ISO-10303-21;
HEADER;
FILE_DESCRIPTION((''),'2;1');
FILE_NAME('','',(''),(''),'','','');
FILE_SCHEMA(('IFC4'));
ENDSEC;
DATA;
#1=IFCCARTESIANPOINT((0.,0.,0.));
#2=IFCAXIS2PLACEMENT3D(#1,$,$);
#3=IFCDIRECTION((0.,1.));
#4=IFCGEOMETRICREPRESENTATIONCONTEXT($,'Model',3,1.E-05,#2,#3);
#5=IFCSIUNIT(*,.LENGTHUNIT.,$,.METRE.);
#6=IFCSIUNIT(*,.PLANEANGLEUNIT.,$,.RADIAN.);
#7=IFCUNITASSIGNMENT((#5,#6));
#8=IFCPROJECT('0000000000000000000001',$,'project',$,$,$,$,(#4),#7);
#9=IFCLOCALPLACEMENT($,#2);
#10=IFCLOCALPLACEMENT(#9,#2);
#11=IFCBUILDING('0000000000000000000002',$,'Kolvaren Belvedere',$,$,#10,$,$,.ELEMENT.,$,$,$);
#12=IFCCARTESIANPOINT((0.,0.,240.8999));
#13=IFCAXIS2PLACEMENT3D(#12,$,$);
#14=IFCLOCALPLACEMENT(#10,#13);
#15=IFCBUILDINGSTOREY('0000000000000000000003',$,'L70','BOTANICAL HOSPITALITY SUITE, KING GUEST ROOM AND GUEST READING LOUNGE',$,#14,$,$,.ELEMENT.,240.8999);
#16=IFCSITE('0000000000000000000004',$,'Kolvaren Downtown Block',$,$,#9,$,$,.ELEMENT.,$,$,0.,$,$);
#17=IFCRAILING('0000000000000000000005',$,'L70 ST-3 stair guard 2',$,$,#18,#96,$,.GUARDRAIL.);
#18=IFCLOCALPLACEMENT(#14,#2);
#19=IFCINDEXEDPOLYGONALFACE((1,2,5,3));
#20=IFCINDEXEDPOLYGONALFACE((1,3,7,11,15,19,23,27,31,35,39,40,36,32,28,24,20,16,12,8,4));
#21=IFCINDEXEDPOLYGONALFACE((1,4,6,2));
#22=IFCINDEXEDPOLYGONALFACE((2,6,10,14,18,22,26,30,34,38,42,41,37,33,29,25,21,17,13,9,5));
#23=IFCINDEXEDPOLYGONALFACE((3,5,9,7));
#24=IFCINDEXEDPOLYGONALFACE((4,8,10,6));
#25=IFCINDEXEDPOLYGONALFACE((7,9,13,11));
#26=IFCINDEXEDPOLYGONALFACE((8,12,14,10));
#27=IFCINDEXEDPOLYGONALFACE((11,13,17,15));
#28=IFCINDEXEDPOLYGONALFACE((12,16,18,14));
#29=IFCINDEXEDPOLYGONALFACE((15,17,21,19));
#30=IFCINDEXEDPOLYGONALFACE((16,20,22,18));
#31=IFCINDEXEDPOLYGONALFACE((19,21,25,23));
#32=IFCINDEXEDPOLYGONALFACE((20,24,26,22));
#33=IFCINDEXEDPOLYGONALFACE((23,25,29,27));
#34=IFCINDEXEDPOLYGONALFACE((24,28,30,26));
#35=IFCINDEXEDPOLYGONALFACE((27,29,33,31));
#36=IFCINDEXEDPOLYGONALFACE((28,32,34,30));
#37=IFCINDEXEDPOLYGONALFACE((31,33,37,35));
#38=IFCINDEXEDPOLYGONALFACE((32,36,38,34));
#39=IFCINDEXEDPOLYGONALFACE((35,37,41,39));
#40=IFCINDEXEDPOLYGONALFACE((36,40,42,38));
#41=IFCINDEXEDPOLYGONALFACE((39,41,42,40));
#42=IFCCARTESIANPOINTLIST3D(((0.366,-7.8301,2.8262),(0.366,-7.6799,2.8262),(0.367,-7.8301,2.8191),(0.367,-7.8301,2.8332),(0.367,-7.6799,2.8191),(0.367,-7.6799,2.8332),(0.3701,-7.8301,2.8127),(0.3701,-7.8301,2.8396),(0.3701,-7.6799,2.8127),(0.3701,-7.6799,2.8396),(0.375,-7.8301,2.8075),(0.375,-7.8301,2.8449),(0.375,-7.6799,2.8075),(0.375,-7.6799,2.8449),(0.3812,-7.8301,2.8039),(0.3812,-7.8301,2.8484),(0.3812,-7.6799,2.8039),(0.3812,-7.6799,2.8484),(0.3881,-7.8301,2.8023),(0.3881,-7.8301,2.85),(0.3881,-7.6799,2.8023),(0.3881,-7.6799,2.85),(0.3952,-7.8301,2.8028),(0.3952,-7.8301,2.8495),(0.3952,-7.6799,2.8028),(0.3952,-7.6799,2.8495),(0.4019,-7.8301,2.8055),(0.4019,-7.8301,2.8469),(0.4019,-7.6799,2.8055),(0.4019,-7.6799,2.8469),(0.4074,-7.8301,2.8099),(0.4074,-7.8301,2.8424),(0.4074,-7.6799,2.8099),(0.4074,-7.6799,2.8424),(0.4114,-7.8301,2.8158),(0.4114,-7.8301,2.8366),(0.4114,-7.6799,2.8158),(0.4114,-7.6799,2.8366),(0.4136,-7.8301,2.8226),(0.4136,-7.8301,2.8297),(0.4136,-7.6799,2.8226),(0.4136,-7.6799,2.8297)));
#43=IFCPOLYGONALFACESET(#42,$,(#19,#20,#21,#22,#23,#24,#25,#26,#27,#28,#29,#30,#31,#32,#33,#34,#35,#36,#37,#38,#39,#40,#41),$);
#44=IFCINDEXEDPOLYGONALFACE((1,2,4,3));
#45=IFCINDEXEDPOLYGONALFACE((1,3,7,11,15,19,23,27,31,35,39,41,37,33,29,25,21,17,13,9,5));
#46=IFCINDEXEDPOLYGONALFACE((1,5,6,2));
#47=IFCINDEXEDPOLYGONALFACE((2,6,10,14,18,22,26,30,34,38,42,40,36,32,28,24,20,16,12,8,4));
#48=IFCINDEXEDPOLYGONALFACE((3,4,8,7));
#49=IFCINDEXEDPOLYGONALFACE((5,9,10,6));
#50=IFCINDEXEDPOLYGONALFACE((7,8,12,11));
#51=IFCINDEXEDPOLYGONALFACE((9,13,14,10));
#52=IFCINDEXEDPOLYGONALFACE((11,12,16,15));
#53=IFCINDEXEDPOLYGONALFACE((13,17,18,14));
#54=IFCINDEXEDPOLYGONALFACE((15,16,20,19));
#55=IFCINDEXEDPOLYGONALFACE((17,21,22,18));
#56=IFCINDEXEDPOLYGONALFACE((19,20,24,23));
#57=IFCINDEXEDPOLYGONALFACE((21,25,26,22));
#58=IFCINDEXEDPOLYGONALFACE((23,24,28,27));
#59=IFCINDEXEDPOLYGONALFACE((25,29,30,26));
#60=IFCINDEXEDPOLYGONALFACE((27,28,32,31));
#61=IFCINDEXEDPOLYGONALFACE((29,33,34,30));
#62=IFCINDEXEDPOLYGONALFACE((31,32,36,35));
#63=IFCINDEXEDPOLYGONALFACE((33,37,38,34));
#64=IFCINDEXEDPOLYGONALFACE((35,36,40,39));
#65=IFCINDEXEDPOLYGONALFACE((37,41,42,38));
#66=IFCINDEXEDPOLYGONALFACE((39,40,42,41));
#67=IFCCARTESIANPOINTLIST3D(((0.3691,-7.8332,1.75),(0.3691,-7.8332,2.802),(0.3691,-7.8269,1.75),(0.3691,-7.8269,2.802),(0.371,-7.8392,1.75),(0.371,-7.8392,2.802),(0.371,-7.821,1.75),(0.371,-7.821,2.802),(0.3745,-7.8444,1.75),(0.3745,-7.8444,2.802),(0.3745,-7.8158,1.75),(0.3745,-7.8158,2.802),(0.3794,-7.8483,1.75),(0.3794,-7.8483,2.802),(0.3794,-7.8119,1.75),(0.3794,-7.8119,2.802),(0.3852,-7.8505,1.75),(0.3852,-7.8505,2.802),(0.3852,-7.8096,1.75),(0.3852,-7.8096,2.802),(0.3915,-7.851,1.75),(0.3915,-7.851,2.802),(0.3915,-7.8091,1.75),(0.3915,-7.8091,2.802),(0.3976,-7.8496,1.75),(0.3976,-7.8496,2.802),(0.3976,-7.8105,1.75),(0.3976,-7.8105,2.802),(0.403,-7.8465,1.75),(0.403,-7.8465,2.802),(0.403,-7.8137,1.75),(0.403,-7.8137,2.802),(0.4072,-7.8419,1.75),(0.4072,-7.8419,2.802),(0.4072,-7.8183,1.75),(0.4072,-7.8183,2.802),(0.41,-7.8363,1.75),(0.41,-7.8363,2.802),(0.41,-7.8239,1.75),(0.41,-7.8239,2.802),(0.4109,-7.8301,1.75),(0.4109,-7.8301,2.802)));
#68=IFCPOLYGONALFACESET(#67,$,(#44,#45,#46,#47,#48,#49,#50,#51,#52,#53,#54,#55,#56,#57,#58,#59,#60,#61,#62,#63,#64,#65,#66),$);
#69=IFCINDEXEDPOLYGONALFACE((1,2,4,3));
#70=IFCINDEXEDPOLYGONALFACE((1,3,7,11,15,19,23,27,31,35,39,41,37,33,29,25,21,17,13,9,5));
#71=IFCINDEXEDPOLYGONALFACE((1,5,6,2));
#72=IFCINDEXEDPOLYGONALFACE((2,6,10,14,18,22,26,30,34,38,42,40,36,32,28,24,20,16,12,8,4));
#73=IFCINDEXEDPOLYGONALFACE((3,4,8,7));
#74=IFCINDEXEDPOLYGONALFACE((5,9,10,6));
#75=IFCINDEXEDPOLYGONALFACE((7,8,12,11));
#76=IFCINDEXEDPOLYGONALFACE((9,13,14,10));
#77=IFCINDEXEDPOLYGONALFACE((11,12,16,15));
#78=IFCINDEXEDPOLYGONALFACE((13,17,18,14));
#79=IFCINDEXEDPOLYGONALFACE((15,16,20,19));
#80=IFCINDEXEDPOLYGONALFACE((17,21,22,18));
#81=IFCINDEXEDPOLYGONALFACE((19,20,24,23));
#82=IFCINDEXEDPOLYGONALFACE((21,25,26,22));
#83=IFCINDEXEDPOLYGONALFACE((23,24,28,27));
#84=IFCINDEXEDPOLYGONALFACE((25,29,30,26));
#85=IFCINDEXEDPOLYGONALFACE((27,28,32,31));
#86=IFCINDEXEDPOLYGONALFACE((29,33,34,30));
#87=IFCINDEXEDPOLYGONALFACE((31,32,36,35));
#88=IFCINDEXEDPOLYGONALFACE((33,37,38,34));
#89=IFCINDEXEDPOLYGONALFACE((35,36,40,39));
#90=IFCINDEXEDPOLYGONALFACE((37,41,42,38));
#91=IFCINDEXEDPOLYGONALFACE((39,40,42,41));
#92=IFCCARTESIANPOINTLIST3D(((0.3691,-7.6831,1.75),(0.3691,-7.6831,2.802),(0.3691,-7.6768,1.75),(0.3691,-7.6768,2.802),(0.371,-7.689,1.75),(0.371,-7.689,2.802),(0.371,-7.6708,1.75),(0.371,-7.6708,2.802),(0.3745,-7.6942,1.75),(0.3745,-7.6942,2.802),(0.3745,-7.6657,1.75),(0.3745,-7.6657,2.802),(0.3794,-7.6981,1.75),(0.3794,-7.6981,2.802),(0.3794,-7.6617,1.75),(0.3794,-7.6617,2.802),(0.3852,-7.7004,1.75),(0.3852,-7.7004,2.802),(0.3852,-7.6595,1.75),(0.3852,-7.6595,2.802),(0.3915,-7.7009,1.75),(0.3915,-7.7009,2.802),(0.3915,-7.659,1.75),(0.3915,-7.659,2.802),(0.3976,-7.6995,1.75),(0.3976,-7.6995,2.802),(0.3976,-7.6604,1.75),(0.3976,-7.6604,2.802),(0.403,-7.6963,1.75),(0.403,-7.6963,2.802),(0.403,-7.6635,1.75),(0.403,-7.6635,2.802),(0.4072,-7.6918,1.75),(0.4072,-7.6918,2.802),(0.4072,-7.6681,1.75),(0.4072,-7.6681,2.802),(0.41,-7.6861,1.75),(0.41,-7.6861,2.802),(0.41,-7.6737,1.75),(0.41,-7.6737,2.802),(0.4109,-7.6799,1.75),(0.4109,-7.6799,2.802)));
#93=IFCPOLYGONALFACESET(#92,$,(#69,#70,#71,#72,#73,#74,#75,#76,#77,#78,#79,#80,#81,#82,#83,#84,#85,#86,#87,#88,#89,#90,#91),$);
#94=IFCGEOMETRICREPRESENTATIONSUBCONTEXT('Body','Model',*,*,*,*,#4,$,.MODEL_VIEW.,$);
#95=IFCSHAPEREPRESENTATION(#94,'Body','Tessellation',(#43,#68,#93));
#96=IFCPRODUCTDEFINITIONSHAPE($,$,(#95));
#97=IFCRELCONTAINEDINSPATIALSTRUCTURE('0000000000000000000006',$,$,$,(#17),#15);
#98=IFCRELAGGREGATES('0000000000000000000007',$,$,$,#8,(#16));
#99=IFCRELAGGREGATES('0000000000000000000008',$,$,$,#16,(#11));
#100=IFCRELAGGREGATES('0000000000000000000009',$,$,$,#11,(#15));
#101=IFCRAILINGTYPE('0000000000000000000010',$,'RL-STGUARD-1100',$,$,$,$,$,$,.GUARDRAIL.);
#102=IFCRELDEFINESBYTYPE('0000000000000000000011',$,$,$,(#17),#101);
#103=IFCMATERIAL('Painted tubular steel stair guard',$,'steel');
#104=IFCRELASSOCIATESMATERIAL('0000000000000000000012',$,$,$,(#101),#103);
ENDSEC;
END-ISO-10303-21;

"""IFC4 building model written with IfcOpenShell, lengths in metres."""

from ifc_helpers import new_model, si_unit, direction, frame, origin, origin_2d, place, context, subcontext, project, spatial, circle, extrude, material, type_object, element, save


model = new_model("IFC4")

# Units and contexts
model_context = context("Model", 3, precision=1e-05, world=origin(), true_north=direction((0.0, 1.0)))
body_context = subcontext(model_context, "Body", "Model", "MODEL_VIEW")
ifc_project = project(units=[si_unit("LENGTHUNIT", "METRE"), si_unit("PLANEANGLEUNIT", "RADIAN")], contexts=[model_context])

# Site, building, storey
site_placement = place(None, origin())
site = spatial("IfcSite", under=ifc_project, at=site_placement, Name="Kolvaren Downtown Block", CompositionType="ELEMENT", RefElevation=0.0)
building_placement = place(site_placement, origin())
building = spatial("IfcBuilding", under=site, at=building_placement, Name="Kolvaren Belvedere", CompositionType="ELEMENT")
storey_placement = place(building_placement, frame((0.0, 0.0, 240.8999)))
storey = spatial("IfcBuildingStorey", under=building, at=storey_placement, Name="L70", Description="BOTANICAL HOSPITALITY SUITE, KING GUEST ROOM AND GUEST READING LOUNGE", CompositionType="ELEMENT", Elevation=240.8999)

# Railing
ifc_material_1 = material(Name="Painted tubular steel stair guard", Category="steel")
railing_type_1 = type_object("IfcRailingType", Name="RL-STGUARD-1100", PredefinedType="GUARDRAIL", material=ifc_material_1)
railing_1_placement = place(storey_placement, frame((0.3899, -7.8301, 1.75)))
element("IfcRailing", 1, at=railing_1_placement, inside=storey, type_object=railing_type_1, Name="L70 ST-3 stair guard 2", PredefinedType="GUARDRAIL", context=body_context, shape_type="SweptSolid", body=[
    extrude(circle(Radius=0.0239, at=origin_2d()), frame((0.0, 0.0, 1.0762), z_axis=(0.0, 1.0, 0.0), x_axis=(-1.0, 0.0, 0.0)), (0.0, 0.0, 1.0), 0.1501),
    extrude(circle(Radius=0.021, at=origin_2d()), origin(), (0.0, 0.0, 1.0), 1.052),
    extrude(circle(Radius=0.021, at=origin_2d()), frame((0.0, 0.1501, 0.0)), (0.0, 0.0, 1.0), 1.052),
])

save(model, "model.ifc")
